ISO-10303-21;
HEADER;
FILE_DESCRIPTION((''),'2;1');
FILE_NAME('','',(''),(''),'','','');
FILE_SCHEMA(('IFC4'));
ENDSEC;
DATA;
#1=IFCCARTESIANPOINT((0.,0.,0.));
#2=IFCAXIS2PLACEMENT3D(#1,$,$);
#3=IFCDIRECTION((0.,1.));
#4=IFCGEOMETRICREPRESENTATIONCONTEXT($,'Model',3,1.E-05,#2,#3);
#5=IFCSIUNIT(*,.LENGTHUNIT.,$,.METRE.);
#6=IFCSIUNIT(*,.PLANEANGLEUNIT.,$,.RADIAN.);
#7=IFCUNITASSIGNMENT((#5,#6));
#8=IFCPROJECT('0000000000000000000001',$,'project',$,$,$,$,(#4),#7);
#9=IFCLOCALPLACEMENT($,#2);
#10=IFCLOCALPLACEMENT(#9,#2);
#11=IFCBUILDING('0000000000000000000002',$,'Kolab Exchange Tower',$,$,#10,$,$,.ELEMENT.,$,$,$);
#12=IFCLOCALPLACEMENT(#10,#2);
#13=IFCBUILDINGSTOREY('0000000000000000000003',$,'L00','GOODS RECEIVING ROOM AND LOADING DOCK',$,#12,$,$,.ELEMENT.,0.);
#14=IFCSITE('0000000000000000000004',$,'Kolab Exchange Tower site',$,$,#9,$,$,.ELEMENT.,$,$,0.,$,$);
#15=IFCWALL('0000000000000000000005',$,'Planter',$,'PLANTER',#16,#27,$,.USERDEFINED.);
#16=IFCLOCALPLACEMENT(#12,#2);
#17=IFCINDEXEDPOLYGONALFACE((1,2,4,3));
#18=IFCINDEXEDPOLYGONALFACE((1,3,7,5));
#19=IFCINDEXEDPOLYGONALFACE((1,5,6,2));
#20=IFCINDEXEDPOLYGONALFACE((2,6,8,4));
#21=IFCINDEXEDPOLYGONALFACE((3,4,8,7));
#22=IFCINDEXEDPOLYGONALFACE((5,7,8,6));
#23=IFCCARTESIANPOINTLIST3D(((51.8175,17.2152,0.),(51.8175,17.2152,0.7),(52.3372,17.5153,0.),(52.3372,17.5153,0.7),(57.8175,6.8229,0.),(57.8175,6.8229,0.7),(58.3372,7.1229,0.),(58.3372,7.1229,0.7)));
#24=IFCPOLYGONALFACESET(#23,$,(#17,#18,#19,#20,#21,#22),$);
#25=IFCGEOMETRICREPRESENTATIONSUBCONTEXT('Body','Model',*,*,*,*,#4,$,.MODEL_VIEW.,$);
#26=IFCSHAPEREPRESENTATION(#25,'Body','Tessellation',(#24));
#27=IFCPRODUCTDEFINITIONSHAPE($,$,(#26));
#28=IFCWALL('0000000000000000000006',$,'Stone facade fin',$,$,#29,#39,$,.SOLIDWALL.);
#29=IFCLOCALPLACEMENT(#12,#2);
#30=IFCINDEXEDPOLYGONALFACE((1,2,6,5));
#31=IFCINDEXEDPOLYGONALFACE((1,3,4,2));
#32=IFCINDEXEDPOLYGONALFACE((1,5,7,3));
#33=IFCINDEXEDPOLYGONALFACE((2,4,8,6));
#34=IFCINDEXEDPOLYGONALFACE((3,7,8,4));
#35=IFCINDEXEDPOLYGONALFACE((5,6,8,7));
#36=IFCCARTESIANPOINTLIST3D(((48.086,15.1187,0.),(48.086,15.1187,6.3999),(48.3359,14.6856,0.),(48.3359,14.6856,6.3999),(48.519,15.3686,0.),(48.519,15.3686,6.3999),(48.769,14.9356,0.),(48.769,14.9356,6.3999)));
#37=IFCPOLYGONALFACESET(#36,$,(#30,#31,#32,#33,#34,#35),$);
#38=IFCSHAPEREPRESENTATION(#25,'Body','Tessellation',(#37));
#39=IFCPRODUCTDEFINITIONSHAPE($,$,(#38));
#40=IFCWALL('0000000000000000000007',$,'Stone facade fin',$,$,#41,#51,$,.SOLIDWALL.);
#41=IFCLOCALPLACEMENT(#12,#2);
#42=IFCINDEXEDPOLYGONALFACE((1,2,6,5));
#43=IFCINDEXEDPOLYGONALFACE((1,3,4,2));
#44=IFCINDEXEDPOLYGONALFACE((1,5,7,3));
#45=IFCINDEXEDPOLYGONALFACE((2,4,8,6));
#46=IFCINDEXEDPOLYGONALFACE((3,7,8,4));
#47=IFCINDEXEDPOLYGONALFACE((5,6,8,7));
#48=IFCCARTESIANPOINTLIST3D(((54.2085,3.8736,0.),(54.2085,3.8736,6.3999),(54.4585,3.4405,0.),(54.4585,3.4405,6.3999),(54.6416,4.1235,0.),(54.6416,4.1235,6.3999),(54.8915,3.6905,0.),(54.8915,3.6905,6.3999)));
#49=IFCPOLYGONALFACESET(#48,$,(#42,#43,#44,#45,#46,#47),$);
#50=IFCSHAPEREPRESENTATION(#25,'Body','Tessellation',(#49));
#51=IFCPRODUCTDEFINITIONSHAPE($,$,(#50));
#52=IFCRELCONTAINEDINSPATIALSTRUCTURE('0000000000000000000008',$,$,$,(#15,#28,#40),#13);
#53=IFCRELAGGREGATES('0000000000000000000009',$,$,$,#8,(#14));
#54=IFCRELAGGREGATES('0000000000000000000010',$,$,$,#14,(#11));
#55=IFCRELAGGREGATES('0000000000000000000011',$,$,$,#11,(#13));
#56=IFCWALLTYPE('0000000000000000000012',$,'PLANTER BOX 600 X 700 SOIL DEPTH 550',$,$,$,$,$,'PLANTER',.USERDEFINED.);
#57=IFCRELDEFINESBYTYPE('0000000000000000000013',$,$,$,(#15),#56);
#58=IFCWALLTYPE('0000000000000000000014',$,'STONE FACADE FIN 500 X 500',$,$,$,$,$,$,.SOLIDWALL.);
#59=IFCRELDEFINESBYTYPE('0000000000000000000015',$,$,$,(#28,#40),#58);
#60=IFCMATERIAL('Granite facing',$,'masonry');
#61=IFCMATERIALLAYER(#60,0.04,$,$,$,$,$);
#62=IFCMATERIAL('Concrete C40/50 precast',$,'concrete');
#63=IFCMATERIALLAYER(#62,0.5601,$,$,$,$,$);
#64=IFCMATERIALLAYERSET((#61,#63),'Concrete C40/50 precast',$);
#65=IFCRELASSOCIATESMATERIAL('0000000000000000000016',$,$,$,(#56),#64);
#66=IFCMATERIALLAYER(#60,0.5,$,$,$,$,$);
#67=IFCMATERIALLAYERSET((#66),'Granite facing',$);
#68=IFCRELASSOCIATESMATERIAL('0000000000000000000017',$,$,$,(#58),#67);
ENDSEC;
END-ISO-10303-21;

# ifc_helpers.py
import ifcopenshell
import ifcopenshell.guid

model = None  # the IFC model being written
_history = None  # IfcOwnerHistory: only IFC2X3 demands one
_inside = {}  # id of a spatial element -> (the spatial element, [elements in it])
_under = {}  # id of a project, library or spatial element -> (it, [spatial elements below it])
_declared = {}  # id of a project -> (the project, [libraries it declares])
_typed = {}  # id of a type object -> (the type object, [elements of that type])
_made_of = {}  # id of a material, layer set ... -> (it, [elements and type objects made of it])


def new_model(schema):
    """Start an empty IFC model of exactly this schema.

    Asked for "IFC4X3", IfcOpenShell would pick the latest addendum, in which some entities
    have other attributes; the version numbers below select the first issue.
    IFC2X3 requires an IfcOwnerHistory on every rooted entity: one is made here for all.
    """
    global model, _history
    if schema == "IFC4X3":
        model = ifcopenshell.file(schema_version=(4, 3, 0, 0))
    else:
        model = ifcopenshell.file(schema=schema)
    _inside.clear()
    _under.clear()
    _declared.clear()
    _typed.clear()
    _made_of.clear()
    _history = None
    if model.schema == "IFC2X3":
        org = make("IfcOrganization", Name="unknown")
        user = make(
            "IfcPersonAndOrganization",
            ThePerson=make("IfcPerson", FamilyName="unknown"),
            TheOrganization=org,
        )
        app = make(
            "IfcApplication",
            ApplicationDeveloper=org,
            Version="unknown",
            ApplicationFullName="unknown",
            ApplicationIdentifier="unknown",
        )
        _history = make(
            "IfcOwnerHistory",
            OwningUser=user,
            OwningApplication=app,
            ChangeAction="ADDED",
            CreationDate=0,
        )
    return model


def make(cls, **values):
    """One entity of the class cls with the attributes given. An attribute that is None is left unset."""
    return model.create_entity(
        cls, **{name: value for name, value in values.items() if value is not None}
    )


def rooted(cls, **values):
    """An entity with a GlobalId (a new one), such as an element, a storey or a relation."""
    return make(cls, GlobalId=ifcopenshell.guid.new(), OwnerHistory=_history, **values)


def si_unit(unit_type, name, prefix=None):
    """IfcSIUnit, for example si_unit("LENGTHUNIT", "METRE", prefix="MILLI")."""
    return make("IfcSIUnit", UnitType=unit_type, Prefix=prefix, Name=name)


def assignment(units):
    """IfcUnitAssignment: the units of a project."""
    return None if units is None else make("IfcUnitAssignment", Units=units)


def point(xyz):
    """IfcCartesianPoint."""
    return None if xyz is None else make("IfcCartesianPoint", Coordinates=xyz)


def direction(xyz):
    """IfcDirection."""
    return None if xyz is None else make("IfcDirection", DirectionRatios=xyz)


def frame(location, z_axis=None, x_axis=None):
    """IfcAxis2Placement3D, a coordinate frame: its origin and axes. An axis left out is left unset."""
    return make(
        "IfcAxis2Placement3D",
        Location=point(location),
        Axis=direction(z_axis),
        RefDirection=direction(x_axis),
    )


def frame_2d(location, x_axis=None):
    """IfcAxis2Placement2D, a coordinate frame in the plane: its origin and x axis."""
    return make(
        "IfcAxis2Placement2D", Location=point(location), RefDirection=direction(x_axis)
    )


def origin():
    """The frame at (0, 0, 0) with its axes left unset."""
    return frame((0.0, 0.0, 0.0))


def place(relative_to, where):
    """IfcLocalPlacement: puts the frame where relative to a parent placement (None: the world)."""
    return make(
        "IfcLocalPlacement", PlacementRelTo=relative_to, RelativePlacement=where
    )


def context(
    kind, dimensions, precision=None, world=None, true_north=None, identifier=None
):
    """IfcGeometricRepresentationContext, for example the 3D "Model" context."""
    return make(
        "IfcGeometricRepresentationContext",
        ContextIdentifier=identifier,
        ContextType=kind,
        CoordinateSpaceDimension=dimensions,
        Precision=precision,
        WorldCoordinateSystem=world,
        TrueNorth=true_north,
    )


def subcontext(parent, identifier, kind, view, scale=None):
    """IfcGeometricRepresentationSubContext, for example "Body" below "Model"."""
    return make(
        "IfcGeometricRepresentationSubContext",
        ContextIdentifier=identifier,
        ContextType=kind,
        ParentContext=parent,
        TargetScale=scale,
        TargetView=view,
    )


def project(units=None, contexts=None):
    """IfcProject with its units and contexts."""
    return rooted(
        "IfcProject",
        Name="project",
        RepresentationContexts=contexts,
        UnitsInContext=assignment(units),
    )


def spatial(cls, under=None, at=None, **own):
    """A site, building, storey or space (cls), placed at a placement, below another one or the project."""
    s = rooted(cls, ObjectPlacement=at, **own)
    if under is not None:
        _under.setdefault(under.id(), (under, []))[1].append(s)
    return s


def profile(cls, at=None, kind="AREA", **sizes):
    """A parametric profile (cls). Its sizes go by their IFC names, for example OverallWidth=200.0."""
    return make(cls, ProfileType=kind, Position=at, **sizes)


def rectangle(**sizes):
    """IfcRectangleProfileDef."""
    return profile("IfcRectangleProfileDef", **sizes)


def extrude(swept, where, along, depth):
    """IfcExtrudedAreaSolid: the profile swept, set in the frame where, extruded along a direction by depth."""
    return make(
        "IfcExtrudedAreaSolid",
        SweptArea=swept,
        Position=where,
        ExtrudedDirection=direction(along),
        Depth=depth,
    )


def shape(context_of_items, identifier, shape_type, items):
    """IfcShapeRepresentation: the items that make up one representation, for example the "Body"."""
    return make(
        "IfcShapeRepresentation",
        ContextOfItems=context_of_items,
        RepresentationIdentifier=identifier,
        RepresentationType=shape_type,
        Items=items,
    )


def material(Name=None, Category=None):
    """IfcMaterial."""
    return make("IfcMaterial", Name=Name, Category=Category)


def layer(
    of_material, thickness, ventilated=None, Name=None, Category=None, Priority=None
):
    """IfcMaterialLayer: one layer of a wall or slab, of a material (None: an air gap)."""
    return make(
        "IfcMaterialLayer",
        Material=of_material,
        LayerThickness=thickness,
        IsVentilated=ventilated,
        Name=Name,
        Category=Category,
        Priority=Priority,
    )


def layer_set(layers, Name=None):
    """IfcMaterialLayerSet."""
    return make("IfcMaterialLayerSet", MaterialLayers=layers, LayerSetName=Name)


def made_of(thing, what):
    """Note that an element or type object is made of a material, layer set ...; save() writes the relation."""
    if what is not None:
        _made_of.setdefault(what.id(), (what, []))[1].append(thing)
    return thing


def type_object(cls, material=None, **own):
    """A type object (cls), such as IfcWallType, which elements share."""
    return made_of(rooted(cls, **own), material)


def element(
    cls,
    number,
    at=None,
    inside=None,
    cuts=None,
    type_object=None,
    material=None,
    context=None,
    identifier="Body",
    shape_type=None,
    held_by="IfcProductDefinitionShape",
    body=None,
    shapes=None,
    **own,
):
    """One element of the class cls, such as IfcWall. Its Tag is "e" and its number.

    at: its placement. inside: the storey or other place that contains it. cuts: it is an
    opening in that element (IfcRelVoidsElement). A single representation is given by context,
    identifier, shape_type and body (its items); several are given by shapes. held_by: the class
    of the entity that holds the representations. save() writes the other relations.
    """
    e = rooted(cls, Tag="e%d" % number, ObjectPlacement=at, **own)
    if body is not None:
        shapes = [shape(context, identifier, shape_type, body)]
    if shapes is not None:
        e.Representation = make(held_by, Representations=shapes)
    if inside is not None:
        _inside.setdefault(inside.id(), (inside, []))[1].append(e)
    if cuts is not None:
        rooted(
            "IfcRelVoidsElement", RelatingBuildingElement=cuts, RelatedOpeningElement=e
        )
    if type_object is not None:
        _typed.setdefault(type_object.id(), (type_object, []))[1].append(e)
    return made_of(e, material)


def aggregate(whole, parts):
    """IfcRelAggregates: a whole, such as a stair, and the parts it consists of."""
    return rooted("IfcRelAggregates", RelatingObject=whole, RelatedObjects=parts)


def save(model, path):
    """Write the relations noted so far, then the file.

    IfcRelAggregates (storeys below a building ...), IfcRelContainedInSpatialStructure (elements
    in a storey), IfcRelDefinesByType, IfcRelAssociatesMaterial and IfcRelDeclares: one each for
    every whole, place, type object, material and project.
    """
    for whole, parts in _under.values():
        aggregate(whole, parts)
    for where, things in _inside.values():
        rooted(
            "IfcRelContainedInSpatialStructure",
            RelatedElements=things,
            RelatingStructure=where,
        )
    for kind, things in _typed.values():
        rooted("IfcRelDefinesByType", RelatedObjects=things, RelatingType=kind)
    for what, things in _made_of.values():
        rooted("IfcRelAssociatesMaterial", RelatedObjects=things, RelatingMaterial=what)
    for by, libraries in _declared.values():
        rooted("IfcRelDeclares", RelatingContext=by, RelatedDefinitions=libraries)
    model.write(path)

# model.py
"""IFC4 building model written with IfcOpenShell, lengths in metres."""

from ifc_helpers import new_model, si_unit, direction, frame, frame_2d, origin, place, context, subcontext, project, spatial, rectangle, extrude, material, layer, layer_set, type_object, element, save


model = new_model("IFC4")

# Units and contexts
model_context = context("Model", 3, precision=1e-05, world=origin(), true_north=direction((0.0, 1.0)))
body_context = subcontext(model_context, "Body", "Model", "MODEL_VIEW")
ifc_project = project(units=[si_unit("LENGTHUNIT", "METRE"), si_unit("PLANEANGLEUNIT", "RADIAN")], contexts=[model_context])

# Site, building, storey
site_placement = place(None, origin())
site = spatial("IfcSite", under=ifc_project, at=site_placement, Name="Kolab Exchange Tower site", CompositionType="ELEMENT", RefElevation=0.0)
building_placement = place(site_placement, origin())
building = spatial("IfcBuilding", under=site, at=building_placement, Name="Kolab Exchange Tower", CompositionType="ELEMENT")
storey_placement = place(building_placement, origin())
storey = spatial("IfcBuildingStorey", under=building, at=storey_placement, Name="L00", Description="GOODS RECEIVING ROOM AND LOADING DOCK", CompositionType="ELEMENT", Elevation=0.0)

# Walls
ifc_material_1 = material(Name="Granite facing", Category="masonry")
ifc_layer_1 = layer(ifc_material_1, 0.04)
ifc_material_2 = material(Name="Concrete C40/50 precast", Category="concrete")
ifc_layer_2 = layer(ifc_material_2, 0.5601)
ifc_layer_set_1 = layer_set([ifc_layer_1, ifc_layer_2], Name="Concrete C40/50 precast")
wall_type_1 = type_object("IfcWallType", Name="PLANTER BOX 600 X 700 SOIL DEPTH 550", ElementType="PLANTER", PredefinedType="USERDEFINED", material=ifc_layer_set_1)
wall_1_placement = place(storey_placement, frame((52.0774, 17.3652, 0.0), z_axis=(0.0, 0.0, 1.0), x_axis=(0.499999, -0.866026, 0.0)))
element("IfcWall", 1, at=wall_1_placement, inside=storey, type_object=wall_type_1, Name="Planter", ObjectType="PLANTER", PredefinedType="USERDEFINED", context=body_context, shape_type="SweptSolid", body=[
    extrude(rectangle(XDim=12.0, YDim=0.6001, at=frame_2d((6.0, 0.0))), origin(), (0.0, 0.0, 1.0), 0.7),
])
ifc_layer_3 = layer(ifc_material_1, 0.5)
ifc_layer_set_2 = layer_set([ifc_layer_3], Name="Granite facing")
wall_type_2 = type_object("IfcWallType", Name="STONE FACADE FIN 500 X 500", PredefinedType="SOLIDWALL", material=ifc_layer_set_2)
for number, where, z_axis, x_axis, name in (
    (2, (48.3025, 15.2437, 0.0), (0.0, 0.0, 1.0), (0.49992, -0.866072, 0.0), "Stone facade fin"),
    (3, (54.425, 3.9985, 0.0), (0.0, 0.0, 1.0), (0.49992, -0.866072, 0.0), "Stone facade fin"),
):
    element("IfcWall", number, at=place(storey_placement, frame(where, z_axis=z_axis, x_axis=x_axis)), inside=storey, type_object=wall_type_2, Name=name, PredefinedType="SOLIDWALL", context=body_context, shape_type="SweptSolid", body=[
        extrude(rectangle(XDim=0.5, YDim=0.5, at=frame_2d((0.25, 0.0))), origin(), (0.0, 0.0, 1.0), 6.3999),
    ])

save(model, "model.ifc")
